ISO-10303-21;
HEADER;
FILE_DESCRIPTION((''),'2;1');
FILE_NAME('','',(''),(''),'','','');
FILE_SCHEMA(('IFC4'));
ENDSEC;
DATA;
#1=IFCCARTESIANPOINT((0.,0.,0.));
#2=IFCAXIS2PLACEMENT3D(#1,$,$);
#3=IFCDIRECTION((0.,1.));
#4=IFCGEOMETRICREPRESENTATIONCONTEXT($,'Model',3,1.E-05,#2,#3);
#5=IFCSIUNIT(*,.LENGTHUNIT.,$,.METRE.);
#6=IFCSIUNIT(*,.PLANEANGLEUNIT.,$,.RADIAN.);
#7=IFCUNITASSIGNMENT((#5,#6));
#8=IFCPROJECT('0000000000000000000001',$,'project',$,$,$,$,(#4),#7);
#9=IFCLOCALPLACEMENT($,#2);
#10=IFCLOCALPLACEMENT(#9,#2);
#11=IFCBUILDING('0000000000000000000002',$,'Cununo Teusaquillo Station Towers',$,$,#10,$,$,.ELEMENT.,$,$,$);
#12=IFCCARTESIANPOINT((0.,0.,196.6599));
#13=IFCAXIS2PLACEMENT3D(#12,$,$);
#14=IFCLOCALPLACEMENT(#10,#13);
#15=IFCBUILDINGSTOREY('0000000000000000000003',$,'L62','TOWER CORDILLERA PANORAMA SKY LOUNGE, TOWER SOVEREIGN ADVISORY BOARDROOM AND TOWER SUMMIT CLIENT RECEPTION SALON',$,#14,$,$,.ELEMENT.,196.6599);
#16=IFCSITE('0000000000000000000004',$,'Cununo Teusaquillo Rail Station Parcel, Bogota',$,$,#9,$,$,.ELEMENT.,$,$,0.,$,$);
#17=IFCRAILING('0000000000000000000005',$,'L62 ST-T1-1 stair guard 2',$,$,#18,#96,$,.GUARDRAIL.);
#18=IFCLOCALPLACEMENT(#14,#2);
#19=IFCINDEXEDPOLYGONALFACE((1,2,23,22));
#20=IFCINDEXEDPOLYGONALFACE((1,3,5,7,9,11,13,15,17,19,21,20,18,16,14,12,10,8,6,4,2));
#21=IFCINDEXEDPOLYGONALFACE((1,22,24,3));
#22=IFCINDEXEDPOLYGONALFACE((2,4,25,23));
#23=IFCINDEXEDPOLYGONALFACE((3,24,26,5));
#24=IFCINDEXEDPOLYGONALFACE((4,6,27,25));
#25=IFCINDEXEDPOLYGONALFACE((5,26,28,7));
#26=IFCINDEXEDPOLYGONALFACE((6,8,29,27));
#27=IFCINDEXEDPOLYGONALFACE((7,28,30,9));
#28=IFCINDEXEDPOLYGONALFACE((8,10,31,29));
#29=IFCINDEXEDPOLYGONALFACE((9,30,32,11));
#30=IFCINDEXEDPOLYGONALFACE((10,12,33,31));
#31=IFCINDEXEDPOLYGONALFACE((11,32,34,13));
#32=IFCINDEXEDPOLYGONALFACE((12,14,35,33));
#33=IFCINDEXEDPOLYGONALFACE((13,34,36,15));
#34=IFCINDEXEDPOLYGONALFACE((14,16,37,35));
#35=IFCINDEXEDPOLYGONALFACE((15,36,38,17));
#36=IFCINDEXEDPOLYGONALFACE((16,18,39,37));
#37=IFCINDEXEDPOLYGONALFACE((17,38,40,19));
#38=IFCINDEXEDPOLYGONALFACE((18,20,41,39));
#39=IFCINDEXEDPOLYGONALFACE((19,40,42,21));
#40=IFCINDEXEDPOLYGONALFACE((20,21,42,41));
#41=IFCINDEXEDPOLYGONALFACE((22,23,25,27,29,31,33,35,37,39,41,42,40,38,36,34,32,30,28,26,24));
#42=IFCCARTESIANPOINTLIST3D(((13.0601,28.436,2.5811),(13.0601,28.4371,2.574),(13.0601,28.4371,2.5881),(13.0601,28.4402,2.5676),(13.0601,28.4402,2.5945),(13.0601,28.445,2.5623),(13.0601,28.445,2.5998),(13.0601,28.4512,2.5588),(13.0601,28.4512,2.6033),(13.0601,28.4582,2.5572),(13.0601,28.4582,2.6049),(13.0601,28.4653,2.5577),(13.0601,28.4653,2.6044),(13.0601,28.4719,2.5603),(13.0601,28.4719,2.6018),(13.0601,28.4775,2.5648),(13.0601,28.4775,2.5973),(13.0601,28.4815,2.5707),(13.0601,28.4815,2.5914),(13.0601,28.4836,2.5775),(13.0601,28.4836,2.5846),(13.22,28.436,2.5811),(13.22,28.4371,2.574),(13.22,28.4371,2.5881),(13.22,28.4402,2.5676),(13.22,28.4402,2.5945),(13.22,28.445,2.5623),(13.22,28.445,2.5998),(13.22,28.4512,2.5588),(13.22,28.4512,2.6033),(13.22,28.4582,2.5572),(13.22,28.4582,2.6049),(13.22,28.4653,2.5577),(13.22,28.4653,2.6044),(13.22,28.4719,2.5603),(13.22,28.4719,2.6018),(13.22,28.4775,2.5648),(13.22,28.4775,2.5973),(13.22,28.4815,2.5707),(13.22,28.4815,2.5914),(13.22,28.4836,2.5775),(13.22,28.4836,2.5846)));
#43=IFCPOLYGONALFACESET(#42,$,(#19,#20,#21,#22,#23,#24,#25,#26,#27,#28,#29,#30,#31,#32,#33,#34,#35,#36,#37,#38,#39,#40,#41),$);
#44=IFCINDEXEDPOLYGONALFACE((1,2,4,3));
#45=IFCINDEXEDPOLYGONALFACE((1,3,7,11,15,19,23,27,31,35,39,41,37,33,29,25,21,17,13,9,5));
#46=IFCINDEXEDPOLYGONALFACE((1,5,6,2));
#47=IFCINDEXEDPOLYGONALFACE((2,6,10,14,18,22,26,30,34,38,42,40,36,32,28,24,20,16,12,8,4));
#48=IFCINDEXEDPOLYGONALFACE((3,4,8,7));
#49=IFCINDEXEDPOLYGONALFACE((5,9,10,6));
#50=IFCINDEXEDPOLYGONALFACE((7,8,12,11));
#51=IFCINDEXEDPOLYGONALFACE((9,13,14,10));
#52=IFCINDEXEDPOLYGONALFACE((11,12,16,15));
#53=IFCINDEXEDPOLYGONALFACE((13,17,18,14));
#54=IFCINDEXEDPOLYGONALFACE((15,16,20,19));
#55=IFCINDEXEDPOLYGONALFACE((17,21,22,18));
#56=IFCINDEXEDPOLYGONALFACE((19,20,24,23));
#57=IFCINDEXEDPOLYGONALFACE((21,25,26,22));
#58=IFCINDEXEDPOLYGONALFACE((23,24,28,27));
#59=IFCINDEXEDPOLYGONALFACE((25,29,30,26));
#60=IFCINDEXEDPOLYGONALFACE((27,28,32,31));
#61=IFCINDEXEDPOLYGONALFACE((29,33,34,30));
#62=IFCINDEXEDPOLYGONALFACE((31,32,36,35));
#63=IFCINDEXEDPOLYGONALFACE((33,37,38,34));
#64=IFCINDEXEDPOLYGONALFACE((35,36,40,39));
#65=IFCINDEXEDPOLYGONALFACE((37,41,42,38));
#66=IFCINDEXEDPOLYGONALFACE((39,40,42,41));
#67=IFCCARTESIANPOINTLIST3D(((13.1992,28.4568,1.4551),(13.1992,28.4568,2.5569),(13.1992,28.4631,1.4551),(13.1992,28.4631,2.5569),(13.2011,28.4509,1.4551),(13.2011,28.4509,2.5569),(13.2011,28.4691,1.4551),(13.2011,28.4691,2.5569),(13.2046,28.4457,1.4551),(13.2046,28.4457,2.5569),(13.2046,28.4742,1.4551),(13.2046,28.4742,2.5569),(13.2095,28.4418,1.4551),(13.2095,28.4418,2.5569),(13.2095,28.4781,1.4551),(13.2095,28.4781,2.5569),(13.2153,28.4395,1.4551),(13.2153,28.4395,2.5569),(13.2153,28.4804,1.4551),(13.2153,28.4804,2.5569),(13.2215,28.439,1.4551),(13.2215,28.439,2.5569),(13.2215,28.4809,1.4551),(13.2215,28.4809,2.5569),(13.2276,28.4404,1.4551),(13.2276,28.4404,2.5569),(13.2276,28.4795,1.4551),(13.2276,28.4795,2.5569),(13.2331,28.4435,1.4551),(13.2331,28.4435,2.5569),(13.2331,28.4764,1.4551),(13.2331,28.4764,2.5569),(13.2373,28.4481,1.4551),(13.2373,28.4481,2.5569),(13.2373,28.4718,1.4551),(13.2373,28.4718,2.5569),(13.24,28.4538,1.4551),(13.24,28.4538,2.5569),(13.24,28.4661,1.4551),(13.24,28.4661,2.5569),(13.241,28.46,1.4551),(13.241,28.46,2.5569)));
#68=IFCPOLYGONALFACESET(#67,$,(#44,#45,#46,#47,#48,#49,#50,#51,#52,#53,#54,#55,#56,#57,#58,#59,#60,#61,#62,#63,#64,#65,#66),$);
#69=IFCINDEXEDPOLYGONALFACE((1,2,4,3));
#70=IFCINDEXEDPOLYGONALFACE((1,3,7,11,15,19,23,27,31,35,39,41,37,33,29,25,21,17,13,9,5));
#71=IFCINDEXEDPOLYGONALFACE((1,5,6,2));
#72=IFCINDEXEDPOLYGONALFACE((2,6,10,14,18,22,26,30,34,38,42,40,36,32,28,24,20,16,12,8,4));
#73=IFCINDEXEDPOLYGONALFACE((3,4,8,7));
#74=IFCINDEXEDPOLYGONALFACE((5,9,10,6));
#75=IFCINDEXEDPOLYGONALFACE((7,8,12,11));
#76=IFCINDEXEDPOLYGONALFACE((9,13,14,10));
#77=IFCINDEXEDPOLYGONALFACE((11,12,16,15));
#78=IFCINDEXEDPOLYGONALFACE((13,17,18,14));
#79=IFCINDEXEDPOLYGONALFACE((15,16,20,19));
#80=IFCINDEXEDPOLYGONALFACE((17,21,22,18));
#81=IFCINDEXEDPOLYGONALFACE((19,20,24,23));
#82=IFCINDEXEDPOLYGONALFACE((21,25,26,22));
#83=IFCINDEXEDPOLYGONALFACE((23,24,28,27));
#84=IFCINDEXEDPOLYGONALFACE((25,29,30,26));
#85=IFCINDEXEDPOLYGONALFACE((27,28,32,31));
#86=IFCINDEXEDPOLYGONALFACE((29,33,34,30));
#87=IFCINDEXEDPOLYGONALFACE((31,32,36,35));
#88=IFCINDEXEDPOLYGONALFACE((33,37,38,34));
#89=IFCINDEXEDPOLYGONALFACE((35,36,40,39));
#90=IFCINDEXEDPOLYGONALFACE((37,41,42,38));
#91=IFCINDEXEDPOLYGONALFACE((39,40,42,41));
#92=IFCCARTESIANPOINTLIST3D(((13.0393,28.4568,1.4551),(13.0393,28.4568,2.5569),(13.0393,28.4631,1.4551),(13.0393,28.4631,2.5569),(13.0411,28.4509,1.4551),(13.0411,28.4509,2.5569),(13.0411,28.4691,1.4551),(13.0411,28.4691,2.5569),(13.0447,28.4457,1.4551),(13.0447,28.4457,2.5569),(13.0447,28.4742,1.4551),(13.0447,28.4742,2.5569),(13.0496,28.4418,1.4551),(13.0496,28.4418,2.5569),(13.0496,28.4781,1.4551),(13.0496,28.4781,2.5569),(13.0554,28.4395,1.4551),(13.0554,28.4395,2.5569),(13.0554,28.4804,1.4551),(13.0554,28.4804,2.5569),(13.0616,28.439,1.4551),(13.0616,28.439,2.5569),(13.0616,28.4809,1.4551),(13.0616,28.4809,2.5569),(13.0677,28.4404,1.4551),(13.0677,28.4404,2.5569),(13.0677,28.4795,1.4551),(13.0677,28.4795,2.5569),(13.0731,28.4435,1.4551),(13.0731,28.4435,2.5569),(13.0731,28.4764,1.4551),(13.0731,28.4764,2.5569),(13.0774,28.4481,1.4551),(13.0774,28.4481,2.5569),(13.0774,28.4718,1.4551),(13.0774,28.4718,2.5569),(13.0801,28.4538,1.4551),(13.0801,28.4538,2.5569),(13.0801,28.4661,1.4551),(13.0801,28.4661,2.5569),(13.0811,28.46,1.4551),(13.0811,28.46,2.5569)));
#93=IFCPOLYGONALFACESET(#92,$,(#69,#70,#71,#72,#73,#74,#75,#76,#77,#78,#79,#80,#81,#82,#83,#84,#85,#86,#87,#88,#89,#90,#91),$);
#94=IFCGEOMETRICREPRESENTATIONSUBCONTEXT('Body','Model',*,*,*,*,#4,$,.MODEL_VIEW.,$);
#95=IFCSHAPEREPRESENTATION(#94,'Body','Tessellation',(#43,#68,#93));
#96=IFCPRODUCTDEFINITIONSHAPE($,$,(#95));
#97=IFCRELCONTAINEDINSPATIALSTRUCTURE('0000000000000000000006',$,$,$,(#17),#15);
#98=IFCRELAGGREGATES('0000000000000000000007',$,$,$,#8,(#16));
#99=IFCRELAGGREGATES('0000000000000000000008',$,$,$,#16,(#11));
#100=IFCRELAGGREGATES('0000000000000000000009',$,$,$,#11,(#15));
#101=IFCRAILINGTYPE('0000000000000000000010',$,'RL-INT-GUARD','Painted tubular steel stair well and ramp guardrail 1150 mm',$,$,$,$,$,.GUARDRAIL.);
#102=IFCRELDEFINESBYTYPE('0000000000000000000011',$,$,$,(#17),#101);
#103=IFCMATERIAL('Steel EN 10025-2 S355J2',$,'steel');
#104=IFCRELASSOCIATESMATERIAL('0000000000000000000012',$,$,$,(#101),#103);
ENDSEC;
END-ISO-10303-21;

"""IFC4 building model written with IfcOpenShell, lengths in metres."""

from ifc_helpers import new_model, si_unit, direction, frame, origin, origin_2d, place, context, subcontext, project, spatial, circle, extrude, material, type_object, element, save


model = new_model("IFC4")

# Units and contexts
model_context = context("Model", 3, precision=1e-05, world=origin(), true_north=direction((0.0, 1.0)))
body_context = subcontext(model_context, "Body", "Model", "MODEL_VIEW")
ifc_project = project(units=[si_unit("LENGTHUNIT", "METRE"), si_unit("PLANEANGLEUNIT", "RADIAN")], contexts=[model_context])

# Site, building, storey
site_placement = place(None, origin())
site = spatial("IfcSite", under=ifc_project, at=site_placement, Name="Cununo Teusaquillo Rail Station Parcel, Bogota", CompositionType="ELEMENT", RefElevation=0.0)
building_placement = place(site_placement, origin())
building = spatial("IfcBuilding", under=site, at=building_placement, Name="Cununo Teusaquillo Station Towers", CompositionType="ELEMENT")
storey_placement = place(building_placement, frame((0.0, 0.0, 196.6599)))
storey = spatial("IfcBuildingStorey", under=building, at=storey_placement, Name="L62", Description="TOWER CORDILLERA PANORAMA SKY LOUNGE, TOWER SOVEREIGN ADVISORY BOARDROOM AND TOWER SUMMIT CLIENT RECEPTION SALON", CompositionType="ELEMENT", Elevation=196.6599)

# Railing
ifc_material_1 = material(Name="Steel EN 10025-2 S355J2", Category="steel")
railing_type_1 = type_object("IfcRailingType", Name="RL-INT-GUARD", Description="Painted tubular steel stair well and ramp guardrail 1150 mm", PredefinedType="GUARDRAIL", material=ifc_material_1)
railing_1_placement = place(storey_placement, frame((13.22, 28.46, 1.4551)))
element("IfcRailing", 1, at=railing_1_placement, inside=storey, type_object=railing_type_1, Name="L62 ST-T1-1 stair guard 2", PredefinedType="GUARDRAIL", context=body_context, shape_type="SweptSolid", body=[
    extrude(circle(Radius=0.0239, at=origin_2d()), frame((0.0, 0.0, 1.126), z_axis=(-1.0, 0.0, 0.0), x_axis=(0.0, -1.0, 0.0)), (0.0, 0.0, 1.0), 0.1599),
    extrude(circle(Radius=0.021, at=origin_2d()), origin(), (0.0, 0.0, 1.0), 1.1018),
    extrude(circle(Radius=0.021, at=origin_2d()), frame((-0.1599, 0.0, 0.0)), (0.0, 0.0, 1.0), 1.1018),
])

save(model, "model.ifc")
